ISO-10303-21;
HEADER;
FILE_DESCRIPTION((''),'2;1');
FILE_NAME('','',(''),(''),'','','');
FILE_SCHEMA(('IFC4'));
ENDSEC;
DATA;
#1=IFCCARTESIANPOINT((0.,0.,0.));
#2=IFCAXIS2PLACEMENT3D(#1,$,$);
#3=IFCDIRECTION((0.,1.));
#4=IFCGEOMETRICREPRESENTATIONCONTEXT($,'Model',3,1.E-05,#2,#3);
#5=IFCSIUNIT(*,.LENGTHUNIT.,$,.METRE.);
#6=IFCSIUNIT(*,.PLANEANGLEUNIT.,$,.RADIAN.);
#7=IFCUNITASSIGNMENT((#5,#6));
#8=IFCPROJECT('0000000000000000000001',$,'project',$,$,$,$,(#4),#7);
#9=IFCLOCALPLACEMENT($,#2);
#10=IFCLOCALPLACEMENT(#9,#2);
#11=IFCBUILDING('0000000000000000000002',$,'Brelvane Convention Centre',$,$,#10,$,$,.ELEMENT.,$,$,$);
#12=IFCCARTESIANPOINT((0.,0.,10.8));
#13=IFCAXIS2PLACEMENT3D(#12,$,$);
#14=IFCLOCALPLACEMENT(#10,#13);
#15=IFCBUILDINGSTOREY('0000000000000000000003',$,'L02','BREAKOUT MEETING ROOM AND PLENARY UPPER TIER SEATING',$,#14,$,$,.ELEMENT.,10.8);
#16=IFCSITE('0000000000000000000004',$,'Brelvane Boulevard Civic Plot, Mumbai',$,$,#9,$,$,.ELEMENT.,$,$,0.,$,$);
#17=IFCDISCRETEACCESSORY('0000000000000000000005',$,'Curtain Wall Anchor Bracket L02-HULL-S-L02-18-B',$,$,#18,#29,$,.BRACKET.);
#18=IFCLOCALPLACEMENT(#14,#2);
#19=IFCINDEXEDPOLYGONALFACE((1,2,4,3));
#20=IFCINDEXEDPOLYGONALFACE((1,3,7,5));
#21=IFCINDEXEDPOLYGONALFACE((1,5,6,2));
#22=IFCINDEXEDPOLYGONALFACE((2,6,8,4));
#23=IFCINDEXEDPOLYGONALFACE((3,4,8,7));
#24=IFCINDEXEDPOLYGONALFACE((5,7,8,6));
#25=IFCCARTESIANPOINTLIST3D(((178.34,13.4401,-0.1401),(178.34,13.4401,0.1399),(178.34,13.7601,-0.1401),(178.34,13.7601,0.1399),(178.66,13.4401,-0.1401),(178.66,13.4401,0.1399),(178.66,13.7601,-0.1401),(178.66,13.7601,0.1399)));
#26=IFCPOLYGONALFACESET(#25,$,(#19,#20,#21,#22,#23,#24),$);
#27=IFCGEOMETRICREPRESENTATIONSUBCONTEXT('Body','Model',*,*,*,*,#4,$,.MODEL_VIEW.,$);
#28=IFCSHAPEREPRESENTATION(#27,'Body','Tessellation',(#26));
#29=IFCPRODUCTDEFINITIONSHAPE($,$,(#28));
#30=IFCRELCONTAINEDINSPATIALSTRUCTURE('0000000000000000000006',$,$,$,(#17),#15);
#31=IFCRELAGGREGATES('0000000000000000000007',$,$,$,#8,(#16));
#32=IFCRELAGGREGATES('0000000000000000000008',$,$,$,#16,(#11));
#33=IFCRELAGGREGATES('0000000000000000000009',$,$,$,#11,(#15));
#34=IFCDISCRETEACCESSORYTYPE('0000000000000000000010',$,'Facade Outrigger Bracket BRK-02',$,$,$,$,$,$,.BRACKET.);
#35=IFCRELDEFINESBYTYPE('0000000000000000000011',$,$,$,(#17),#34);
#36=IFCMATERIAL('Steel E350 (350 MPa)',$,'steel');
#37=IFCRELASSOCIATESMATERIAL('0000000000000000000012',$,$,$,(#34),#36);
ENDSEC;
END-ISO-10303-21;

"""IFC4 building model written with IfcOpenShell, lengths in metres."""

from ifc_helpers import new_model, si_unit, direction, frame, origin, origin_2d, place, context, subcontext, project, spatial, rectangle, extrude, material, type_object, element, save


model = new_model("IFC4")

# Units and contexts
model_context = context("Model", 3, precision=1e-05, world=origin(), true_north=direction((0.0, 1.0)))
body_context = subcontext(model_context, "Body", "Model", "MODEL_VIEW")
ifc_project = project(units=[si_unit("LENGTHUNIT", "METRE"), si_unit("PLANEANGLEUNIT", "RADIAN")], contexts=[model_context])

# Site, building, storey
site_placement = place(None, origin())
site = spatial("IfcSite", under=ifc_project, at=site_placement, Name="Brelvane Boulevard Civic Plot, Mumbai", CompositionType="ELEMENT", RefElevation=0.0)
building_placement = place(site_placement, origin())
building = spatial("IfcBuilding", under=site, at=building_placement, Name="Brelvane Convention Centre", CompositionType="ELEMENT")
storey_placement = place(building_placement, frame((0.0, 0.0, 10.8)))
storey = spatial("IfcBuildingStorey", under=building, at=storey_placement, Name="L02", Description="BREAKOUT MEETING ROOM AND PLENARY UPPER TIER SEATING", CompositionType="ELEMENT", Elevation=10.8)

# Discrete accessory
ifc_material_1 = material(Name="Steel E350 (350 MPa)", Category="steel")
discrete_accessory_type = type_object("IfcDiscreteAccessoryType", Name="Facade Outrigger Bracket BRK-02", PredefinedType="BRACKET", material=ifc_material_1)
discrete_accessory_placement = place(storey_placement, frame((178.5, 13.6001, -0.1401), z_axis=(0.0, 0.0, 1.0), x_axis=(1.0, 0.0, 0.0)))
element("IfcDiscreteAccessory", 1, at=discrete_accessory_placement, inside=storey, type_object=discrete_accessory_type, Name="Curtain Wall Anchor Bracket L02-HULL-S-L02-18-B", PredefinedType="BRACKET", context=body_context, shape_type="SweptSolid", body=[
    extrude(rectangle(XDim=0.3201, YDim=0.3201, at=origin_2d()), origin(), (0.0, 0.0, 1.0), 0.28),
])

save(model, "model.ifc")
